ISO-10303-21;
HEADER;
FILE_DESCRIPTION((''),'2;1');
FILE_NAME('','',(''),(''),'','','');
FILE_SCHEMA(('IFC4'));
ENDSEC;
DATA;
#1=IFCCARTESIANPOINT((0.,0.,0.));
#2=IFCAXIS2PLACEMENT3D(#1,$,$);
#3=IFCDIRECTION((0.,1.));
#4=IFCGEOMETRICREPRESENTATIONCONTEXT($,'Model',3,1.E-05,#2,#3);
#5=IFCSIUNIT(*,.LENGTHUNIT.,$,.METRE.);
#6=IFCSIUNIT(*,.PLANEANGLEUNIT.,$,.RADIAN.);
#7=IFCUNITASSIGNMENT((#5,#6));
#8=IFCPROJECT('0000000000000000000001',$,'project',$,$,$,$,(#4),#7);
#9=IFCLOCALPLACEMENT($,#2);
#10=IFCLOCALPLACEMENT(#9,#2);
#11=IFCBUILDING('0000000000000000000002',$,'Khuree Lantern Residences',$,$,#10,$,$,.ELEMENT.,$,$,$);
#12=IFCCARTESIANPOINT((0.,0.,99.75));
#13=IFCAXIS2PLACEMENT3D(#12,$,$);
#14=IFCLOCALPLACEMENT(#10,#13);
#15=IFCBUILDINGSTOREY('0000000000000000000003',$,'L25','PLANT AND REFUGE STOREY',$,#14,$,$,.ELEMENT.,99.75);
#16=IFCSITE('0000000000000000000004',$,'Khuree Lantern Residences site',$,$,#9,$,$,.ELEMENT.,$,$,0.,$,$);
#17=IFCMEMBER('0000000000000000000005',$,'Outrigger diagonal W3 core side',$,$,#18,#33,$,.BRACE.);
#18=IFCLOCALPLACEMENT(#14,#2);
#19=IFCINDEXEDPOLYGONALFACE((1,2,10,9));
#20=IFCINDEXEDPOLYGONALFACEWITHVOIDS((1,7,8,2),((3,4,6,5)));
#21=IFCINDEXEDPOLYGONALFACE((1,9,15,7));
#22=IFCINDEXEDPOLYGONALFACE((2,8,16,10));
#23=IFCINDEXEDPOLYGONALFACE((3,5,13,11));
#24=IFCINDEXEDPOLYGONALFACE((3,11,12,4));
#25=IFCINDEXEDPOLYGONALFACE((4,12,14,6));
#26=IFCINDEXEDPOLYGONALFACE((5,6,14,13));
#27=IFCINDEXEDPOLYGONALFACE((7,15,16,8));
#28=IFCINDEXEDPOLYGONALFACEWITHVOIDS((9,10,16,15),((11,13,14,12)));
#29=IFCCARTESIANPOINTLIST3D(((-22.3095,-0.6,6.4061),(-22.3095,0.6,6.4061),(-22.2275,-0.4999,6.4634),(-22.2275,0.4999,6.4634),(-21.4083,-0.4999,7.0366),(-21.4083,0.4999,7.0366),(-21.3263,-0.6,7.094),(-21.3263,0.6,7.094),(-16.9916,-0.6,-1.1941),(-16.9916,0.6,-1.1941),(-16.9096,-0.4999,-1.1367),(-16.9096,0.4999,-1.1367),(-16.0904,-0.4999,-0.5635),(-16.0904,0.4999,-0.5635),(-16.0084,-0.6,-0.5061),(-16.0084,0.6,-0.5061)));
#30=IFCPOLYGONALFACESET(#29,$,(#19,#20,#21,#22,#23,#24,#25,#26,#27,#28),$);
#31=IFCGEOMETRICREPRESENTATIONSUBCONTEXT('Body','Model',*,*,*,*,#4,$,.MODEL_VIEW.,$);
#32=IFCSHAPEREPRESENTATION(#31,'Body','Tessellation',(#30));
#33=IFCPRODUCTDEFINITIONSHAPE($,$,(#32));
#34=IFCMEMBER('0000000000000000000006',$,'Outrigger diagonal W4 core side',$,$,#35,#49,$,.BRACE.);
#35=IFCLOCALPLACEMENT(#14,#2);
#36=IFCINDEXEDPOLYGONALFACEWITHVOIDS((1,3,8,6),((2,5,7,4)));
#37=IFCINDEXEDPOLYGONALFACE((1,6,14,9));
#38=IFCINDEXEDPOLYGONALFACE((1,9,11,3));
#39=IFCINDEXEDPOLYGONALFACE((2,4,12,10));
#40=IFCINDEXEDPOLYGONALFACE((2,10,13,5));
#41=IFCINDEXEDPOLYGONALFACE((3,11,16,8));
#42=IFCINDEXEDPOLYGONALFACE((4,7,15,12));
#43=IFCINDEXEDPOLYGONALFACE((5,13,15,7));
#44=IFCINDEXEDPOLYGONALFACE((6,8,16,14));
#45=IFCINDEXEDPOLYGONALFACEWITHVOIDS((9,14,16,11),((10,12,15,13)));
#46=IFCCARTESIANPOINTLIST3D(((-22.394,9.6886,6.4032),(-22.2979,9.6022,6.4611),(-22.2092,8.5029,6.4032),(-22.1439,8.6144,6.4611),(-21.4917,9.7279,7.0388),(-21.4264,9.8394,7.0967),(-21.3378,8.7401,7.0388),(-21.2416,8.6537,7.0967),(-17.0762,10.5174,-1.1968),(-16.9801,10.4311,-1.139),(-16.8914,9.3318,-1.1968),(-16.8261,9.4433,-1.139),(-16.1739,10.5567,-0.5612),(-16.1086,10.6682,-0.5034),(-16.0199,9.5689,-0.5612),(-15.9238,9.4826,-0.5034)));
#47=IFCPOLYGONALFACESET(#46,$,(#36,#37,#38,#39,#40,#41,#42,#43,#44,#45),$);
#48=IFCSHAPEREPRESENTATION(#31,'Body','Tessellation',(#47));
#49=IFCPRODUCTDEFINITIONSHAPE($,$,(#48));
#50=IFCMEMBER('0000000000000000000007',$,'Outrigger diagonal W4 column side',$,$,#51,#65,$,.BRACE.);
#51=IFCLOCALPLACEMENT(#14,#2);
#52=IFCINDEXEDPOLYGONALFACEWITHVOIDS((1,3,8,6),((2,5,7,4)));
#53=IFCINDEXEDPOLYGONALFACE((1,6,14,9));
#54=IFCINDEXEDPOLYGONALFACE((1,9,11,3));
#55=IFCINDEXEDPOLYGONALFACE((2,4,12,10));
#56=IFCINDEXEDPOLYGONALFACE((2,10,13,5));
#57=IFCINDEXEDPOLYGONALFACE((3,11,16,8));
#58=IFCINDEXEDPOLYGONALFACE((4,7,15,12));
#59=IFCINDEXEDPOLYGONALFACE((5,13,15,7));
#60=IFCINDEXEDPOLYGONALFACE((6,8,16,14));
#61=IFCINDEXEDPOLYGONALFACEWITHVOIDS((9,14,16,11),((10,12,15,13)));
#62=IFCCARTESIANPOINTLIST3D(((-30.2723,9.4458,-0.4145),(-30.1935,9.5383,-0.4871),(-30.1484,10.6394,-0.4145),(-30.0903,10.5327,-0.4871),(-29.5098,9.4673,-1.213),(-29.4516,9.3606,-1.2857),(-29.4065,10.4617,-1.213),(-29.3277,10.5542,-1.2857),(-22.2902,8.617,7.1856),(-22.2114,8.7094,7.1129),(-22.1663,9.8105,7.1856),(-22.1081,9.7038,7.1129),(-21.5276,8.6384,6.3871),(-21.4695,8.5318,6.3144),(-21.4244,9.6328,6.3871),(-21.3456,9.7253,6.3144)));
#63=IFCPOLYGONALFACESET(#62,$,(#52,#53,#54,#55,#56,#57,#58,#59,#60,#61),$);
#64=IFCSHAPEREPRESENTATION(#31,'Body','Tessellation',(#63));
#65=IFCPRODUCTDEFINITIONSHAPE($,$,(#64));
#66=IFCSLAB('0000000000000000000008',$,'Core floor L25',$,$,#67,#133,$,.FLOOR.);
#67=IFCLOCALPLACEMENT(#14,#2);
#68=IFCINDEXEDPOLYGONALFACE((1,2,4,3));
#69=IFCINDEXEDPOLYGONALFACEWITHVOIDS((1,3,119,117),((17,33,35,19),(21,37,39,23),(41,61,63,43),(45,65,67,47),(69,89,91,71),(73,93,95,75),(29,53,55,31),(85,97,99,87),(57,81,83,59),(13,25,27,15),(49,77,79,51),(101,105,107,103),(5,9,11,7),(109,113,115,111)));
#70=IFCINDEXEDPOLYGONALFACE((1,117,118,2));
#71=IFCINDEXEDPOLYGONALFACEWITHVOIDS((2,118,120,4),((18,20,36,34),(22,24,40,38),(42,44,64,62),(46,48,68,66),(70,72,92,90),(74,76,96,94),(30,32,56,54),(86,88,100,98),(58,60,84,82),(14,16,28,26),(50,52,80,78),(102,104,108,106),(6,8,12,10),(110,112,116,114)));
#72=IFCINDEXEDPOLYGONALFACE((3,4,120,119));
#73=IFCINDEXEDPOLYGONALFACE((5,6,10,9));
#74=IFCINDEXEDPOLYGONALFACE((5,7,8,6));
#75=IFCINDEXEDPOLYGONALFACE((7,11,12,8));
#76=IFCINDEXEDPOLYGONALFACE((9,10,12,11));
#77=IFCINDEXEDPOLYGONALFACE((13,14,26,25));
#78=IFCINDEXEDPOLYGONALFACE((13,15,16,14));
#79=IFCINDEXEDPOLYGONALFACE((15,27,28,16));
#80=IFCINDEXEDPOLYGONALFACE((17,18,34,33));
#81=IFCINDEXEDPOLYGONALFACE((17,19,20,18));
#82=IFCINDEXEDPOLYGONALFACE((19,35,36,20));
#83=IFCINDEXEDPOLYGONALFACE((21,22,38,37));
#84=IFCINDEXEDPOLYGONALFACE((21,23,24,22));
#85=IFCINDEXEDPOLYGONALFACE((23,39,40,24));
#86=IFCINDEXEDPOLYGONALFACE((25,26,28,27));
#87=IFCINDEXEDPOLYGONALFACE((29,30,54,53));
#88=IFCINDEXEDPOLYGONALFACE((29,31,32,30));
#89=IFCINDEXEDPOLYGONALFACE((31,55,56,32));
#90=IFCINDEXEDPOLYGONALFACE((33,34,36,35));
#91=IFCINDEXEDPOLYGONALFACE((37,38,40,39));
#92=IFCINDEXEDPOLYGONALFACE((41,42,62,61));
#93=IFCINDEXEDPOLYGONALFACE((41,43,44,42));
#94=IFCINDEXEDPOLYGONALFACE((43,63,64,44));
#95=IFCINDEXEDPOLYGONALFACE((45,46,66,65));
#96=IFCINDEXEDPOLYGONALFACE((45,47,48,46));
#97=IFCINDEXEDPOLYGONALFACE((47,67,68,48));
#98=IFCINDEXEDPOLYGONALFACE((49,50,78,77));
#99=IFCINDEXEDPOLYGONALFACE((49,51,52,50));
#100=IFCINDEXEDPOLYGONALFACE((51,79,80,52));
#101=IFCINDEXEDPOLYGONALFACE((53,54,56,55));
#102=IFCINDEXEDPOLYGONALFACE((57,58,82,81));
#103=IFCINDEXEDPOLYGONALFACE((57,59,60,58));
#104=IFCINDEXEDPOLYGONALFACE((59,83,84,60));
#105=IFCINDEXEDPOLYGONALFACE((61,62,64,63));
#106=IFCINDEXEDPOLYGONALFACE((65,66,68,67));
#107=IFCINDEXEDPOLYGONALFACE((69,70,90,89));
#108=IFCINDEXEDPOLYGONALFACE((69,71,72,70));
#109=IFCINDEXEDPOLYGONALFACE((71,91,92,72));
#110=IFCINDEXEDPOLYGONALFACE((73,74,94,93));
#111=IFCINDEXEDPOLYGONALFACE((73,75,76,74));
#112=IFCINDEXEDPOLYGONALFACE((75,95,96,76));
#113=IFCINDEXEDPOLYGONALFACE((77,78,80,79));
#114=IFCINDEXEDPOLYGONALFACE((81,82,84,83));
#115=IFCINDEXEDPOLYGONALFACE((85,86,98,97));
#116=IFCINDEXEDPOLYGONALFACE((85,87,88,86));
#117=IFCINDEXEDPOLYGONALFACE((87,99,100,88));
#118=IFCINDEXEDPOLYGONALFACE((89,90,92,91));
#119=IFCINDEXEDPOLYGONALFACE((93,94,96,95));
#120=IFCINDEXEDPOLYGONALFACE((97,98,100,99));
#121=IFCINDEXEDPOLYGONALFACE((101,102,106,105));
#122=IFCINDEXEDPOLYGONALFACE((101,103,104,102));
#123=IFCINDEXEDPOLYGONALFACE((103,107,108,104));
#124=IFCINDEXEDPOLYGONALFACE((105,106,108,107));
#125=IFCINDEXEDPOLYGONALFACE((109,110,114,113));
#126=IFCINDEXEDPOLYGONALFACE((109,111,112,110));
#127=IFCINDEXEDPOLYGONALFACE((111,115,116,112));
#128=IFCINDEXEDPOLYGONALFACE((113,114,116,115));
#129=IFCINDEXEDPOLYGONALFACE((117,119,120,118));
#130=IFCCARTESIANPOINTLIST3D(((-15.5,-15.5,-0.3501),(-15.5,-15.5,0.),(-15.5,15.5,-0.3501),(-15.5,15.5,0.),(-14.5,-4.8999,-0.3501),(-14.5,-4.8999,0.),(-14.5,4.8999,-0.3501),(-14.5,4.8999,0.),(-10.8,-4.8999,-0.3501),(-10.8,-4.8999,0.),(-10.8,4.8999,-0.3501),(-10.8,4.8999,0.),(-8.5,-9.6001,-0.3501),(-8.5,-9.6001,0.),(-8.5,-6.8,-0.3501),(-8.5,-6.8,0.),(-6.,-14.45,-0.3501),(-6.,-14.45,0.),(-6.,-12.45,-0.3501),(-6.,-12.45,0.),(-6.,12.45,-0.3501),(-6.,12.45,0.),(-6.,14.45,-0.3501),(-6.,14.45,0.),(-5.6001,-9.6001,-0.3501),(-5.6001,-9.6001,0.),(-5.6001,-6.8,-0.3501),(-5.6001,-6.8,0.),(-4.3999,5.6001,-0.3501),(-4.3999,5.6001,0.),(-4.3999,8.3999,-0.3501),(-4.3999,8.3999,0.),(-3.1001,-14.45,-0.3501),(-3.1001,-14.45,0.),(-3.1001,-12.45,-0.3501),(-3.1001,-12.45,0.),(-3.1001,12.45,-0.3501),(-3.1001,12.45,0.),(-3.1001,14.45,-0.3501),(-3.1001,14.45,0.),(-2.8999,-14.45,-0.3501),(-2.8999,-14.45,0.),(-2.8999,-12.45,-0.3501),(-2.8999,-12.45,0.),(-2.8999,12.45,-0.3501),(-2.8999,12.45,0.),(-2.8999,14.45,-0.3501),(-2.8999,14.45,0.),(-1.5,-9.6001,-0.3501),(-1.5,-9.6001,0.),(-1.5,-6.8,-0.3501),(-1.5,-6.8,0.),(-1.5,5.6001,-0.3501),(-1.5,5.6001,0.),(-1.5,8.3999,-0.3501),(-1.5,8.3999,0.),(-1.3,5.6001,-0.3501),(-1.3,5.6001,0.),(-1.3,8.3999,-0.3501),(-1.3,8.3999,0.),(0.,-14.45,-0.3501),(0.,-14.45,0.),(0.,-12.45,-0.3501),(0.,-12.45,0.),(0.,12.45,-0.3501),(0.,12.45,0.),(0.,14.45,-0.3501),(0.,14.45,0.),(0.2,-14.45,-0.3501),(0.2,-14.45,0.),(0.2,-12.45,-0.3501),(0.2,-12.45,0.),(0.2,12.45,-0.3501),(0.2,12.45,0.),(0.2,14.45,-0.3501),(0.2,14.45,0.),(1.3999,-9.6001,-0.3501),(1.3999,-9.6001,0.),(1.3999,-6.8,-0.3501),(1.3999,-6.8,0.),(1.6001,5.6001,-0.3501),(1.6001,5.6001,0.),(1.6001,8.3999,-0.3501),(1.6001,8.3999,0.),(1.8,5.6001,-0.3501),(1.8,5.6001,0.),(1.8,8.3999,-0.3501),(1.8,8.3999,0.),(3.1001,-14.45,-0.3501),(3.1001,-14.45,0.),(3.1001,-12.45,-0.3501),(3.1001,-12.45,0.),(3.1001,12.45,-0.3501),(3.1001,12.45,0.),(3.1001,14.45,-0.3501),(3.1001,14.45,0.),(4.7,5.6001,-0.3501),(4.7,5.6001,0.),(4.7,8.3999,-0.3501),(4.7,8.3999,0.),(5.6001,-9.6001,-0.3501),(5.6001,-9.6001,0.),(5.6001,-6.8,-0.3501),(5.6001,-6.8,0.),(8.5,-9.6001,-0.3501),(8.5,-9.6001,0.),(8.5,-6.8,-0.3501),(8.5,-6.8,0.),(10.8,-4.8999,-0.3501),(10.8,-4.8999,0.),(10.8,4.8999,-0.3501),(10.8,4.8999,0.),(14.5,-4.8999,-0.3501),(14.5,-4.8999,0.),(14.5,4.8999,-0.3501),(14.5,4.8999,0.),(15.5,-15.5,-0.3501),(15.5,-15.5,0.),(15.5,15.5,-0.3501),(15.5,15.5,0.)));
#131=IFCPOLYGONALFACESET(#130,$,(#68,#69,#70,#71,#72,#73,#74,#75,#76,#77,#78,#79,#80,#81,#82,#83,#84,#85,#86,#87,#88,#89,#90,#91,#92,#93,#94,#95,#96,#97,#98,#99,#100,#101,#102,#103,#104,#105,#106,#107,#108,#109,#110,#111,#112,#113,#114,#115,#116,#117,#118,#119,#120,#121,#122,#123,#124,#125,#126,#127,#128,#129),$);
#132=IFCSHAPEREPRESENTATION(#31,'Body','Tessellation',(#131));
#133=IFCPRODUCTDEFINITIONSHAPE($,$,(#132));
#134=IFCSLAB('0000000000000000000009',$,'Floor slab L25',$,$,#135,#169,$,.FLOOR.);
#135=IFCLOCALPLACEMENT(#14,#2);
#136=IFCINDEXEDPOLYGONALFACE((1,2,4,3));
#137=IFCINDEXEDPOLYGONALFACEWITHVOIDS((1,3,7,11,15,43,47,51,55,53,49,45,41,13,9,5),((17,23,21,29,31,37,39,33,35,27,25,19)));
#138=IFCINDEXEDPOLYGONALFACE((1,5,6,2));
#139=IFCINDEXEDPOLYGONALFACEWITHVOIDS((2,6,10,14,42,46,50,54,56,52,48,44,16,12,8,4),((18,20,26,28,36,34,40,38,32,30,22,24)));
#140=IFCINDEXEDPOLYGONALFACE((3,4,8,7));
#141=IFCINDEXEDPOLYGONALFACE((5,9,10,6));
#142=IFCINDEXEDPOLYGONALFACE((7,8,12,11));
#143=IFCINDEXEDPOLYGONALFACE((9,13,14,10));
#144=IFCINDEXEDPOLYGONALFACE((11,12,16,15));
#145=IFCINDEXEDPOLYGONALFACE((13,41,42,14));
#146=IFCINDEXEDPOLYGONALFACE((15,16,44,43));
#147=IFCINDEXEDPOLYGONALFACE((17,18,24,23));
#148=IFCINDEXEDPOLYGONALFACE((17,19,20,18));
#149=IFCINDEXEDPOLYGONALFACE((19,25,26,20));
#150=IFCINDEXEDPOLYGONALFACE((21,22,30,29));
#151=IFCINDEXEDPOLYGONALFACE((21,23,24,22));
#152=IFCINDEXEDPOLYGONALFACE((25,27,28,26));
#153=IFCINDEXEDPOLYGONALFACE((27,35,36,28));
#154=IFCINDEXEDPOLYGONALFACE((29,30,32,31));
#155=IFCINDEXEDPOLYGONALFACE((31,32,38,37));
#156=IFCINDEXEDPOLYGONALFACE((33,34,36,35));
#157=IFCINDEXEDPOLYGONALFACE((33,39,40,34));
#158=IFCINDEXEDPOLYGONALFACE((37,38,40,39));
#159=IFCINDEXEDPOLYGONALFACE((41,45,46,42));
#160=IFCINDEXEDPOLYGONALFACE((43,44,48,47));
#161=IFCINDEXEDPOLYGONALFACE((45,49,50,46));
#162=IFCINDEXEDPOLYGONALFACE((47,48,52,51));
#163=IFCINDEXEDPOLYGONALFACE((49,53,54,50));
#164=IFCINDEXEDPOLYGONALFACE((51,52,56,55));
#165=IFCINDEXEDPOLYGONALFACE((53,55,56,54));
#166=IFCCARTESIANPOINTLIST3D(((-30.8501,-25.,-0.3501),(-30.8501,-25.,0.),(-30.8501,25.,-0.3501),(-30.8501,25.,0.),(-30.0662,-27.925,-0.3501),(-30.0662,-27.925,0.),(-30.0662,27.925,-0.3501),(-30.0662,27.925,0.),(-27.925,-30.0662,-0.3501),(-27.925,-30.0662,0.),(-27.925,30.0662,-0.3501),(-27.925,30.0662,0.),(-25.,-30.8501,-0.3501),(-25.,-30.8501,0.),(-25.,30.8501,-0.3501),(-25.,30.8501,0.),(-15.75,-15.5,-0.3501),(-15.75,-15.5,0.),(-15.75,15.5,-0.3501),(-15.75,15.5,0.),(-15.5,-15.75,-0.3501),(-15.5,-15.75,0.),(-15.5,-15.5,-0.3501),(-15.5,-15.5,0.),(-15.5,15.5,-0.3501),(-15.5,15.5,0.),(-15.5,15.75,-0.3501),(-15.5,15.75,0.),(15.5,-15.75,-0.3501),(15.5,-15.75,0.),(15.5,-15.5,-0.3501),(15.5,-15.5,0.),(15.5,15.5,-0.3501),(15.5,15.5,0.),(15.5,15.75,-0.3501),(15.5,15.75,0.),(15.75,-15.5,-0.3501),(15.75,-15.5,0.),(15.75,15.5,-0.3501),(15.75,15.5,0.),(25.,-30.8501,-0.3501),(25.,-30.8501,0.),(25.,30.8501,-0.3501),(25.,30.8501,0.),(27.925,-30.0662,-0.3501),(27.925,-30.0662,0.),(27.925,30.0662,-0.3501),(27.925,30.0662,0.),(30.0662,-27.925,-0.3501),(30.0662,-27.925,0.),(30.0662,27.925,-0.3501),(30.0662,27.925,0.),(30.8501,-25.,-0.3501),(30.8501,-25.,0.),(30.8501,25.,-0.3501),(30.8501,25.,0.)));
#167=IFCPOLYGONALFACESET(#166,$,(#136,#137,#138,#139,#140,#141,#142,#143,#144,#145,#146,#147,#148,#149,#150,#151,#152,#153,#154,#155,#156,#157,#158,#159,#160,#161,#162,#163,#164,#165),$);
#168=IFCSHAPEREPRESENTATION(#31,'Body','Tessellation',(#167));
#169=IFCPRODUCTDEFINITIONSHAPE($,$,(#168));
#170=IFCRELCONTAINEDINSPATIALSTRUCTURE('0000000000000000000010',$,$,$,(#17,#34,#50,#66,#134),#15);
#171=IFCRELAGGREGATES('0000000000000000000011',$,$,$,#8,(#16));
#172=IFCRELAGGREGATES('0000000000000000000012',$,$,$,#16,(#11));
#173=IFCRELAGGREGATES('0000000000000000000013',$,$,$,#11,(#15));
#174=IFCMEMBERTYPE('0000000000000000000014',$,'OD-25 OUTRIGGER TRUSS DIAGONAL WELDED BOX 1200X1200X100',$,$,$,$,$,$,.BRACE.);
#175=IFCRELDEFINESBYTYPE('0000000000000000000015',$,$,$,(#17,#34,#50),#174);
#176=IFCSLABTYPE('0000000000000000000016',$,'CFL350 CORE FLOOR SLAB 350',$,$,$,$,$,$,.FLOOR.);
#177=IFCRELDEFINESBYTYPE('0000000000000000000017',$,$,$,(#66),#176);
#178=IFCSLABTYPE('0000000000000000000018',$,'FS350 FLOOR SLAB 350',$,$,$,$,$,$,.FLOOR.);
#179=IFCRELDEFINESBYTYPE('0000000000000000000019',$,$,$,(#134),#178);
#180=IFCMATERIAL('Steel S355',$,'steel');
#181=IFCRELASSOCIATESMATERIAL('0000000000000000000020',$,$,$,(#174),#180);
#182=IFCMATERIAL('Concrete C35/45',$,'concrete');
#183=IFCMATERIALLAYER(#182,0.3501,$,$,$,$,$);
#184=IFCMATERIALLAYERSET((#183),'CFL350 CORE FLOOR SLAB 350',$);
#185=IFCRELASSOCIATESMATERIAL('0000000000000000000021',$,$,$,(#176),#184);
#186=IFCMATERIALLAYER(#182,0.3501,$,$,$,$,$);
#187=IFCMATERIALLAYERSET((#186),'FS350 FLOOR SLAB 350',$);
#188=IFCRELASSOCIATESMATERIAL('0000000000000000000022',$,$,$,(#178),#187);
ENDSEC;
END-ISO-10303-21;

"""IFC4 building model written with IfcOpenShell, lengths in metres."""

from ifc_helpers import new_model, si_unit, direction, frame, origin, origin_2d, place, context, subcontext, project, spatial, polyline, hollow_rectangle, outline, extrude, material, layer, layer_set, material_profile, profile_set, type_object, element, save


model = new_model("IFC4")

# Units and contexts
model_context = context("Model", 3, precision=1e-05, world=origin(), true_north=direction((0.0, 1.0)))
body_context = subcontext(model_context, "Body", "Model", "MODEL_VIEW")
ifc_project = project(units=[si_unit("LENGTHUNIT", "METRE"), si_unit("PLANEANGLEUNIT", "RADIAN")], contexts=[model_context])

# Site, building, storey
site_placement = place(None, origin())
site = spatial("IfcSite", under=ifc_project, at=site_placement, Name="Khuree Lantern Residences site", CompositionType="ELEMENT", RefElevation=0.0)
building_placement = place(site_placement, origin())
building = spatial("IfcBuilding", under=site, at=building_placement, Name="Khuree Lantern Residences", CompositionType="ELEMENT")
storey_placement = place(building_placement, frame((0.0, 0.0, 99.75)))
storey = spatial("IfcBuildingStorey", under=building, at=storey_placement, Name="L25", Description="PLANT AND REFUGE STOREY", CompositionType="ELEMENT", Elevation=99.75)

# Members
ifc_material_1 = material(Name="Steel S355", Category="steel")
ifc_material_profile = material_profile(ifc_material_1, hollow_rectangle(XDim=1.2, YDim=1.2, WallThickness=0.1001, at=origin_2d()), Name="WELDED BOX 1200X1200X100")
ifc_profile_set = profile_set([ifc_material_profile], Name="Steel S355")
member_type = type_object("IfcMemberType", Name="OD-25 OUTRIGGER TRUSS DIAGONAL WELDED BOX 1200X1200X100", PredefinedType="BRACE", material=ifc_profile_set)
member_1_placement = place(storey_placement, frame((-16.5, 0.0, -0.8501), z_axis=(-0.573303, 0.0, 0.819343), x_axis=(0.0, -1.0, 0.0)))
element("IfcMember", 1, at=member_1_placement, inside=storey, type_object=member_type, Name="Outrigger diagonal W3 core side", PredefinedType="BRACE", context=body_context, shape_type="SweptSolid", body=[
    extrude(hollow_rectangle(XDim=1.2, YDim=1.2, WallThickness=0.1001, at=origin_2d()), origin(), (0.0, 0.0, 1.0), 9.2759),
])
member_2_placement = place(storey_placement, frame((-16.5, 10.0, -0.8501), z_axis=(-0.571028, -0.089002, 0.816092), x_axis=(0.154003, -0.98807, 0.0)))
element("IfcMember", 2, at=member_2_placement, inside=storey, type_object=member_type, Name="Outrigger diagonal W4 core side", PredefinedType="BRACE", context=body_context, shape_type="SweptSolid", body=[
    extrude(hollow_rectangle(XDim=1.2, YDim=1.2, WallThickness=0.1001, at=origin_2d()), origin(), (0.0, 0.0, 1.0), 9.3127),
])
member_3_placement = place(storey_placement, frame((-21.8179, 9.1711, 6.75), z_axis=(-0.722188, 0.074991, -0.687619), x_axis=(-0.103283, -0.994652, 0.0)))
element("IfcMember", 3, at=member_3_placement, inside=storey, type_object=member_type, Name="Outrigger diagonal W4 column side", PredefinedType="BRACE", context=body_context, shape_type="SweptSolid", body=[
    extrude(hollow_rectangle(XDim=1.2, YDim=1.2, WallThickness=0.1001, at=origin_2d()), origin(), (0.0, 0.0, 1.0), 11.0527),
])

# Slabs
ifc_material_2 = material(Name="Concrete C35/45", Category="concrete")
ifc_layer_1 = layer(ifc_material_2, 0.3501)
ifc_layer_set_1 = layer_set([ifc_layer_1], Name="CFL350 CORE FLOOR SLAB 350")
slab_type_1 = type_object("IfcSlabType", Name="CFL350 CORE FLOOR SLAB 350", PredefinedType="FLOOR", material=ifc_layer_set_1)
slab_1_placement = place(storey_placement, frame((0.0, 0.0, -0.3501)))
element("IfcSlab", 4, at=slab_1_placement, inside=storey, type_object=slab_type_1, Name="Core floor L25", PredefinedType="FLOOR", context=body_context, shape_type="SweptSolid", body=[
    extrude(outline(polyline([(-15.5, -15.5), (-15.5, 15.5), (15.5, 15.5), (15.5, -15.5), (-15.5, -15.5)]), holes=[polyline([(14.5, 4.8999), (10.8, 4.8999), (10.8, -4.8999), (14.5, -4.8999), (14.5, 4.8999)]), polyline([(8.5, -6.8), (5.6001, -6.8), (5.6001, -9.6001), (8.5, -9.6001), (8.5, -6.8)]), polyline([(4.7, 8.3999), (1.8, 8.3999), (1.8, 5.6001), (4.7, 5.6001), (4.7, 8.3999)]), polyline([(0.2, -12.45), (0.2, -14.45), (3.1001, -14.45), (3.1001, -12.45), (0.2, -12.45)]), polyline([(3.1001, 14.45), (0.2, 14.45), (0.2, 12.45), (3.1001, 12.45), (3.1001, 14.45)]), polyline([(1.6001, 8.3999), (-1.3, 8.3999), (-1.3, 5.6001), (1.6001, 5.6001), (1.6001, 8.3999)]), polyline([(1.3999, -6.8), (-1.5, -6.8), (-1.5, -9.6001), (1.3999, -9.6001), (1.3999, -6.8)]), polyline([(0.0, -12.45), (-2.8999, -12.45), (-2.8999, -14.45), (0.0, -14.45), (0.0, -12.45)]), polyline([(0.0, 14.45), (-2.8999, 14.45), (-2.8999, 12.45), (0.0, 12.45), (0.0, 14.45)]), polyline([(-1.5, 8.3999), (-4.3999, 8.3999), (-4.3999, 5.6001), (-1.5, 5.6001), (-1.5, 8.3999)]), polyline([(-6.0, -12.45), (-6.0, -14.45), (-3.1001, -14.45), (-3.1001, -12.45), (-6.0, -12.45)]), polyline([(-3.1001, 14.45), (-6.0, 14.45), (-6.0, 12.45), (-3.1001, 12.45), (-3.1001, 14.45)]), polyline([(-5.6001, -6.8), (-8.5, -6.8), (-8.5, -9.6001), (-5.6001, -9.6001), (-5.6001, -6.8)]), polyline([(-10.8, 4.8999), (-14.5, 4.8999), (-14.5, -4.8999), (-10.8, -4.8999), (-10.8, 4.8999)])]), origin(), (0.0, 0.0, 1.0), 0.3501),
])
ifc_layer_2 = layer(ifc_material_2, 0.3501)
ifc_layer_set_2 = layer_set([ifc_layer_2], Name="FS350 FLOOR SLAB 350")
slab_type_2 = type_object("IfcSlabType", Name="FS350 FLOOR SLAB 350", PredefinedType="FLOOR", material=ifc_layer_set_2)
slab_2_placement = place(storey_placement, frame((0.0, 0.0, -0.3501)))
element("IfcSlab", 5, at=slab_2_placement, inside=storey, type_object=slab_type_2, Name="Floor slab L25", PredefinedType="FLOOR", context=body_context, shape_type="SweptSolid", body=[
    extrude(outline(polyline([(-27.925, -30.0662), (-30.0662, -27.925), (-30.8501, -25.0), (-30.8501, 25.0), (-30.0662, 27.925), (-27.925, 30.0662), (-25.0, 30.8501), (25.0, 30.8501), (27.925, 30.0662), (30.0662, 27.925), (30.8501, 25.0), (30.8501, -25.0), (30.0662, -27.925), (27.925, -30.0662), (25.0, -30.8501), (-25.0, -30.8501), (-27.925, -30.0662)]), holes=[polyline([(15.75, 15.5), (15.5, 15.5), (15.5, 15.75), (-15.5, 15.75), (-15.5, 15.5), (-15.75, 15.5), (-15.75, -15.5), (-15.5, -15.5), (-15.5, -15.75), (15.5, -15.75), (15.5, -15.5), (15.75, -15.5), (15.75, 15.5)])]), origin(), (0.0, 0.0, 1.0), 0.3501),
])

save(model, "model.ifc")
